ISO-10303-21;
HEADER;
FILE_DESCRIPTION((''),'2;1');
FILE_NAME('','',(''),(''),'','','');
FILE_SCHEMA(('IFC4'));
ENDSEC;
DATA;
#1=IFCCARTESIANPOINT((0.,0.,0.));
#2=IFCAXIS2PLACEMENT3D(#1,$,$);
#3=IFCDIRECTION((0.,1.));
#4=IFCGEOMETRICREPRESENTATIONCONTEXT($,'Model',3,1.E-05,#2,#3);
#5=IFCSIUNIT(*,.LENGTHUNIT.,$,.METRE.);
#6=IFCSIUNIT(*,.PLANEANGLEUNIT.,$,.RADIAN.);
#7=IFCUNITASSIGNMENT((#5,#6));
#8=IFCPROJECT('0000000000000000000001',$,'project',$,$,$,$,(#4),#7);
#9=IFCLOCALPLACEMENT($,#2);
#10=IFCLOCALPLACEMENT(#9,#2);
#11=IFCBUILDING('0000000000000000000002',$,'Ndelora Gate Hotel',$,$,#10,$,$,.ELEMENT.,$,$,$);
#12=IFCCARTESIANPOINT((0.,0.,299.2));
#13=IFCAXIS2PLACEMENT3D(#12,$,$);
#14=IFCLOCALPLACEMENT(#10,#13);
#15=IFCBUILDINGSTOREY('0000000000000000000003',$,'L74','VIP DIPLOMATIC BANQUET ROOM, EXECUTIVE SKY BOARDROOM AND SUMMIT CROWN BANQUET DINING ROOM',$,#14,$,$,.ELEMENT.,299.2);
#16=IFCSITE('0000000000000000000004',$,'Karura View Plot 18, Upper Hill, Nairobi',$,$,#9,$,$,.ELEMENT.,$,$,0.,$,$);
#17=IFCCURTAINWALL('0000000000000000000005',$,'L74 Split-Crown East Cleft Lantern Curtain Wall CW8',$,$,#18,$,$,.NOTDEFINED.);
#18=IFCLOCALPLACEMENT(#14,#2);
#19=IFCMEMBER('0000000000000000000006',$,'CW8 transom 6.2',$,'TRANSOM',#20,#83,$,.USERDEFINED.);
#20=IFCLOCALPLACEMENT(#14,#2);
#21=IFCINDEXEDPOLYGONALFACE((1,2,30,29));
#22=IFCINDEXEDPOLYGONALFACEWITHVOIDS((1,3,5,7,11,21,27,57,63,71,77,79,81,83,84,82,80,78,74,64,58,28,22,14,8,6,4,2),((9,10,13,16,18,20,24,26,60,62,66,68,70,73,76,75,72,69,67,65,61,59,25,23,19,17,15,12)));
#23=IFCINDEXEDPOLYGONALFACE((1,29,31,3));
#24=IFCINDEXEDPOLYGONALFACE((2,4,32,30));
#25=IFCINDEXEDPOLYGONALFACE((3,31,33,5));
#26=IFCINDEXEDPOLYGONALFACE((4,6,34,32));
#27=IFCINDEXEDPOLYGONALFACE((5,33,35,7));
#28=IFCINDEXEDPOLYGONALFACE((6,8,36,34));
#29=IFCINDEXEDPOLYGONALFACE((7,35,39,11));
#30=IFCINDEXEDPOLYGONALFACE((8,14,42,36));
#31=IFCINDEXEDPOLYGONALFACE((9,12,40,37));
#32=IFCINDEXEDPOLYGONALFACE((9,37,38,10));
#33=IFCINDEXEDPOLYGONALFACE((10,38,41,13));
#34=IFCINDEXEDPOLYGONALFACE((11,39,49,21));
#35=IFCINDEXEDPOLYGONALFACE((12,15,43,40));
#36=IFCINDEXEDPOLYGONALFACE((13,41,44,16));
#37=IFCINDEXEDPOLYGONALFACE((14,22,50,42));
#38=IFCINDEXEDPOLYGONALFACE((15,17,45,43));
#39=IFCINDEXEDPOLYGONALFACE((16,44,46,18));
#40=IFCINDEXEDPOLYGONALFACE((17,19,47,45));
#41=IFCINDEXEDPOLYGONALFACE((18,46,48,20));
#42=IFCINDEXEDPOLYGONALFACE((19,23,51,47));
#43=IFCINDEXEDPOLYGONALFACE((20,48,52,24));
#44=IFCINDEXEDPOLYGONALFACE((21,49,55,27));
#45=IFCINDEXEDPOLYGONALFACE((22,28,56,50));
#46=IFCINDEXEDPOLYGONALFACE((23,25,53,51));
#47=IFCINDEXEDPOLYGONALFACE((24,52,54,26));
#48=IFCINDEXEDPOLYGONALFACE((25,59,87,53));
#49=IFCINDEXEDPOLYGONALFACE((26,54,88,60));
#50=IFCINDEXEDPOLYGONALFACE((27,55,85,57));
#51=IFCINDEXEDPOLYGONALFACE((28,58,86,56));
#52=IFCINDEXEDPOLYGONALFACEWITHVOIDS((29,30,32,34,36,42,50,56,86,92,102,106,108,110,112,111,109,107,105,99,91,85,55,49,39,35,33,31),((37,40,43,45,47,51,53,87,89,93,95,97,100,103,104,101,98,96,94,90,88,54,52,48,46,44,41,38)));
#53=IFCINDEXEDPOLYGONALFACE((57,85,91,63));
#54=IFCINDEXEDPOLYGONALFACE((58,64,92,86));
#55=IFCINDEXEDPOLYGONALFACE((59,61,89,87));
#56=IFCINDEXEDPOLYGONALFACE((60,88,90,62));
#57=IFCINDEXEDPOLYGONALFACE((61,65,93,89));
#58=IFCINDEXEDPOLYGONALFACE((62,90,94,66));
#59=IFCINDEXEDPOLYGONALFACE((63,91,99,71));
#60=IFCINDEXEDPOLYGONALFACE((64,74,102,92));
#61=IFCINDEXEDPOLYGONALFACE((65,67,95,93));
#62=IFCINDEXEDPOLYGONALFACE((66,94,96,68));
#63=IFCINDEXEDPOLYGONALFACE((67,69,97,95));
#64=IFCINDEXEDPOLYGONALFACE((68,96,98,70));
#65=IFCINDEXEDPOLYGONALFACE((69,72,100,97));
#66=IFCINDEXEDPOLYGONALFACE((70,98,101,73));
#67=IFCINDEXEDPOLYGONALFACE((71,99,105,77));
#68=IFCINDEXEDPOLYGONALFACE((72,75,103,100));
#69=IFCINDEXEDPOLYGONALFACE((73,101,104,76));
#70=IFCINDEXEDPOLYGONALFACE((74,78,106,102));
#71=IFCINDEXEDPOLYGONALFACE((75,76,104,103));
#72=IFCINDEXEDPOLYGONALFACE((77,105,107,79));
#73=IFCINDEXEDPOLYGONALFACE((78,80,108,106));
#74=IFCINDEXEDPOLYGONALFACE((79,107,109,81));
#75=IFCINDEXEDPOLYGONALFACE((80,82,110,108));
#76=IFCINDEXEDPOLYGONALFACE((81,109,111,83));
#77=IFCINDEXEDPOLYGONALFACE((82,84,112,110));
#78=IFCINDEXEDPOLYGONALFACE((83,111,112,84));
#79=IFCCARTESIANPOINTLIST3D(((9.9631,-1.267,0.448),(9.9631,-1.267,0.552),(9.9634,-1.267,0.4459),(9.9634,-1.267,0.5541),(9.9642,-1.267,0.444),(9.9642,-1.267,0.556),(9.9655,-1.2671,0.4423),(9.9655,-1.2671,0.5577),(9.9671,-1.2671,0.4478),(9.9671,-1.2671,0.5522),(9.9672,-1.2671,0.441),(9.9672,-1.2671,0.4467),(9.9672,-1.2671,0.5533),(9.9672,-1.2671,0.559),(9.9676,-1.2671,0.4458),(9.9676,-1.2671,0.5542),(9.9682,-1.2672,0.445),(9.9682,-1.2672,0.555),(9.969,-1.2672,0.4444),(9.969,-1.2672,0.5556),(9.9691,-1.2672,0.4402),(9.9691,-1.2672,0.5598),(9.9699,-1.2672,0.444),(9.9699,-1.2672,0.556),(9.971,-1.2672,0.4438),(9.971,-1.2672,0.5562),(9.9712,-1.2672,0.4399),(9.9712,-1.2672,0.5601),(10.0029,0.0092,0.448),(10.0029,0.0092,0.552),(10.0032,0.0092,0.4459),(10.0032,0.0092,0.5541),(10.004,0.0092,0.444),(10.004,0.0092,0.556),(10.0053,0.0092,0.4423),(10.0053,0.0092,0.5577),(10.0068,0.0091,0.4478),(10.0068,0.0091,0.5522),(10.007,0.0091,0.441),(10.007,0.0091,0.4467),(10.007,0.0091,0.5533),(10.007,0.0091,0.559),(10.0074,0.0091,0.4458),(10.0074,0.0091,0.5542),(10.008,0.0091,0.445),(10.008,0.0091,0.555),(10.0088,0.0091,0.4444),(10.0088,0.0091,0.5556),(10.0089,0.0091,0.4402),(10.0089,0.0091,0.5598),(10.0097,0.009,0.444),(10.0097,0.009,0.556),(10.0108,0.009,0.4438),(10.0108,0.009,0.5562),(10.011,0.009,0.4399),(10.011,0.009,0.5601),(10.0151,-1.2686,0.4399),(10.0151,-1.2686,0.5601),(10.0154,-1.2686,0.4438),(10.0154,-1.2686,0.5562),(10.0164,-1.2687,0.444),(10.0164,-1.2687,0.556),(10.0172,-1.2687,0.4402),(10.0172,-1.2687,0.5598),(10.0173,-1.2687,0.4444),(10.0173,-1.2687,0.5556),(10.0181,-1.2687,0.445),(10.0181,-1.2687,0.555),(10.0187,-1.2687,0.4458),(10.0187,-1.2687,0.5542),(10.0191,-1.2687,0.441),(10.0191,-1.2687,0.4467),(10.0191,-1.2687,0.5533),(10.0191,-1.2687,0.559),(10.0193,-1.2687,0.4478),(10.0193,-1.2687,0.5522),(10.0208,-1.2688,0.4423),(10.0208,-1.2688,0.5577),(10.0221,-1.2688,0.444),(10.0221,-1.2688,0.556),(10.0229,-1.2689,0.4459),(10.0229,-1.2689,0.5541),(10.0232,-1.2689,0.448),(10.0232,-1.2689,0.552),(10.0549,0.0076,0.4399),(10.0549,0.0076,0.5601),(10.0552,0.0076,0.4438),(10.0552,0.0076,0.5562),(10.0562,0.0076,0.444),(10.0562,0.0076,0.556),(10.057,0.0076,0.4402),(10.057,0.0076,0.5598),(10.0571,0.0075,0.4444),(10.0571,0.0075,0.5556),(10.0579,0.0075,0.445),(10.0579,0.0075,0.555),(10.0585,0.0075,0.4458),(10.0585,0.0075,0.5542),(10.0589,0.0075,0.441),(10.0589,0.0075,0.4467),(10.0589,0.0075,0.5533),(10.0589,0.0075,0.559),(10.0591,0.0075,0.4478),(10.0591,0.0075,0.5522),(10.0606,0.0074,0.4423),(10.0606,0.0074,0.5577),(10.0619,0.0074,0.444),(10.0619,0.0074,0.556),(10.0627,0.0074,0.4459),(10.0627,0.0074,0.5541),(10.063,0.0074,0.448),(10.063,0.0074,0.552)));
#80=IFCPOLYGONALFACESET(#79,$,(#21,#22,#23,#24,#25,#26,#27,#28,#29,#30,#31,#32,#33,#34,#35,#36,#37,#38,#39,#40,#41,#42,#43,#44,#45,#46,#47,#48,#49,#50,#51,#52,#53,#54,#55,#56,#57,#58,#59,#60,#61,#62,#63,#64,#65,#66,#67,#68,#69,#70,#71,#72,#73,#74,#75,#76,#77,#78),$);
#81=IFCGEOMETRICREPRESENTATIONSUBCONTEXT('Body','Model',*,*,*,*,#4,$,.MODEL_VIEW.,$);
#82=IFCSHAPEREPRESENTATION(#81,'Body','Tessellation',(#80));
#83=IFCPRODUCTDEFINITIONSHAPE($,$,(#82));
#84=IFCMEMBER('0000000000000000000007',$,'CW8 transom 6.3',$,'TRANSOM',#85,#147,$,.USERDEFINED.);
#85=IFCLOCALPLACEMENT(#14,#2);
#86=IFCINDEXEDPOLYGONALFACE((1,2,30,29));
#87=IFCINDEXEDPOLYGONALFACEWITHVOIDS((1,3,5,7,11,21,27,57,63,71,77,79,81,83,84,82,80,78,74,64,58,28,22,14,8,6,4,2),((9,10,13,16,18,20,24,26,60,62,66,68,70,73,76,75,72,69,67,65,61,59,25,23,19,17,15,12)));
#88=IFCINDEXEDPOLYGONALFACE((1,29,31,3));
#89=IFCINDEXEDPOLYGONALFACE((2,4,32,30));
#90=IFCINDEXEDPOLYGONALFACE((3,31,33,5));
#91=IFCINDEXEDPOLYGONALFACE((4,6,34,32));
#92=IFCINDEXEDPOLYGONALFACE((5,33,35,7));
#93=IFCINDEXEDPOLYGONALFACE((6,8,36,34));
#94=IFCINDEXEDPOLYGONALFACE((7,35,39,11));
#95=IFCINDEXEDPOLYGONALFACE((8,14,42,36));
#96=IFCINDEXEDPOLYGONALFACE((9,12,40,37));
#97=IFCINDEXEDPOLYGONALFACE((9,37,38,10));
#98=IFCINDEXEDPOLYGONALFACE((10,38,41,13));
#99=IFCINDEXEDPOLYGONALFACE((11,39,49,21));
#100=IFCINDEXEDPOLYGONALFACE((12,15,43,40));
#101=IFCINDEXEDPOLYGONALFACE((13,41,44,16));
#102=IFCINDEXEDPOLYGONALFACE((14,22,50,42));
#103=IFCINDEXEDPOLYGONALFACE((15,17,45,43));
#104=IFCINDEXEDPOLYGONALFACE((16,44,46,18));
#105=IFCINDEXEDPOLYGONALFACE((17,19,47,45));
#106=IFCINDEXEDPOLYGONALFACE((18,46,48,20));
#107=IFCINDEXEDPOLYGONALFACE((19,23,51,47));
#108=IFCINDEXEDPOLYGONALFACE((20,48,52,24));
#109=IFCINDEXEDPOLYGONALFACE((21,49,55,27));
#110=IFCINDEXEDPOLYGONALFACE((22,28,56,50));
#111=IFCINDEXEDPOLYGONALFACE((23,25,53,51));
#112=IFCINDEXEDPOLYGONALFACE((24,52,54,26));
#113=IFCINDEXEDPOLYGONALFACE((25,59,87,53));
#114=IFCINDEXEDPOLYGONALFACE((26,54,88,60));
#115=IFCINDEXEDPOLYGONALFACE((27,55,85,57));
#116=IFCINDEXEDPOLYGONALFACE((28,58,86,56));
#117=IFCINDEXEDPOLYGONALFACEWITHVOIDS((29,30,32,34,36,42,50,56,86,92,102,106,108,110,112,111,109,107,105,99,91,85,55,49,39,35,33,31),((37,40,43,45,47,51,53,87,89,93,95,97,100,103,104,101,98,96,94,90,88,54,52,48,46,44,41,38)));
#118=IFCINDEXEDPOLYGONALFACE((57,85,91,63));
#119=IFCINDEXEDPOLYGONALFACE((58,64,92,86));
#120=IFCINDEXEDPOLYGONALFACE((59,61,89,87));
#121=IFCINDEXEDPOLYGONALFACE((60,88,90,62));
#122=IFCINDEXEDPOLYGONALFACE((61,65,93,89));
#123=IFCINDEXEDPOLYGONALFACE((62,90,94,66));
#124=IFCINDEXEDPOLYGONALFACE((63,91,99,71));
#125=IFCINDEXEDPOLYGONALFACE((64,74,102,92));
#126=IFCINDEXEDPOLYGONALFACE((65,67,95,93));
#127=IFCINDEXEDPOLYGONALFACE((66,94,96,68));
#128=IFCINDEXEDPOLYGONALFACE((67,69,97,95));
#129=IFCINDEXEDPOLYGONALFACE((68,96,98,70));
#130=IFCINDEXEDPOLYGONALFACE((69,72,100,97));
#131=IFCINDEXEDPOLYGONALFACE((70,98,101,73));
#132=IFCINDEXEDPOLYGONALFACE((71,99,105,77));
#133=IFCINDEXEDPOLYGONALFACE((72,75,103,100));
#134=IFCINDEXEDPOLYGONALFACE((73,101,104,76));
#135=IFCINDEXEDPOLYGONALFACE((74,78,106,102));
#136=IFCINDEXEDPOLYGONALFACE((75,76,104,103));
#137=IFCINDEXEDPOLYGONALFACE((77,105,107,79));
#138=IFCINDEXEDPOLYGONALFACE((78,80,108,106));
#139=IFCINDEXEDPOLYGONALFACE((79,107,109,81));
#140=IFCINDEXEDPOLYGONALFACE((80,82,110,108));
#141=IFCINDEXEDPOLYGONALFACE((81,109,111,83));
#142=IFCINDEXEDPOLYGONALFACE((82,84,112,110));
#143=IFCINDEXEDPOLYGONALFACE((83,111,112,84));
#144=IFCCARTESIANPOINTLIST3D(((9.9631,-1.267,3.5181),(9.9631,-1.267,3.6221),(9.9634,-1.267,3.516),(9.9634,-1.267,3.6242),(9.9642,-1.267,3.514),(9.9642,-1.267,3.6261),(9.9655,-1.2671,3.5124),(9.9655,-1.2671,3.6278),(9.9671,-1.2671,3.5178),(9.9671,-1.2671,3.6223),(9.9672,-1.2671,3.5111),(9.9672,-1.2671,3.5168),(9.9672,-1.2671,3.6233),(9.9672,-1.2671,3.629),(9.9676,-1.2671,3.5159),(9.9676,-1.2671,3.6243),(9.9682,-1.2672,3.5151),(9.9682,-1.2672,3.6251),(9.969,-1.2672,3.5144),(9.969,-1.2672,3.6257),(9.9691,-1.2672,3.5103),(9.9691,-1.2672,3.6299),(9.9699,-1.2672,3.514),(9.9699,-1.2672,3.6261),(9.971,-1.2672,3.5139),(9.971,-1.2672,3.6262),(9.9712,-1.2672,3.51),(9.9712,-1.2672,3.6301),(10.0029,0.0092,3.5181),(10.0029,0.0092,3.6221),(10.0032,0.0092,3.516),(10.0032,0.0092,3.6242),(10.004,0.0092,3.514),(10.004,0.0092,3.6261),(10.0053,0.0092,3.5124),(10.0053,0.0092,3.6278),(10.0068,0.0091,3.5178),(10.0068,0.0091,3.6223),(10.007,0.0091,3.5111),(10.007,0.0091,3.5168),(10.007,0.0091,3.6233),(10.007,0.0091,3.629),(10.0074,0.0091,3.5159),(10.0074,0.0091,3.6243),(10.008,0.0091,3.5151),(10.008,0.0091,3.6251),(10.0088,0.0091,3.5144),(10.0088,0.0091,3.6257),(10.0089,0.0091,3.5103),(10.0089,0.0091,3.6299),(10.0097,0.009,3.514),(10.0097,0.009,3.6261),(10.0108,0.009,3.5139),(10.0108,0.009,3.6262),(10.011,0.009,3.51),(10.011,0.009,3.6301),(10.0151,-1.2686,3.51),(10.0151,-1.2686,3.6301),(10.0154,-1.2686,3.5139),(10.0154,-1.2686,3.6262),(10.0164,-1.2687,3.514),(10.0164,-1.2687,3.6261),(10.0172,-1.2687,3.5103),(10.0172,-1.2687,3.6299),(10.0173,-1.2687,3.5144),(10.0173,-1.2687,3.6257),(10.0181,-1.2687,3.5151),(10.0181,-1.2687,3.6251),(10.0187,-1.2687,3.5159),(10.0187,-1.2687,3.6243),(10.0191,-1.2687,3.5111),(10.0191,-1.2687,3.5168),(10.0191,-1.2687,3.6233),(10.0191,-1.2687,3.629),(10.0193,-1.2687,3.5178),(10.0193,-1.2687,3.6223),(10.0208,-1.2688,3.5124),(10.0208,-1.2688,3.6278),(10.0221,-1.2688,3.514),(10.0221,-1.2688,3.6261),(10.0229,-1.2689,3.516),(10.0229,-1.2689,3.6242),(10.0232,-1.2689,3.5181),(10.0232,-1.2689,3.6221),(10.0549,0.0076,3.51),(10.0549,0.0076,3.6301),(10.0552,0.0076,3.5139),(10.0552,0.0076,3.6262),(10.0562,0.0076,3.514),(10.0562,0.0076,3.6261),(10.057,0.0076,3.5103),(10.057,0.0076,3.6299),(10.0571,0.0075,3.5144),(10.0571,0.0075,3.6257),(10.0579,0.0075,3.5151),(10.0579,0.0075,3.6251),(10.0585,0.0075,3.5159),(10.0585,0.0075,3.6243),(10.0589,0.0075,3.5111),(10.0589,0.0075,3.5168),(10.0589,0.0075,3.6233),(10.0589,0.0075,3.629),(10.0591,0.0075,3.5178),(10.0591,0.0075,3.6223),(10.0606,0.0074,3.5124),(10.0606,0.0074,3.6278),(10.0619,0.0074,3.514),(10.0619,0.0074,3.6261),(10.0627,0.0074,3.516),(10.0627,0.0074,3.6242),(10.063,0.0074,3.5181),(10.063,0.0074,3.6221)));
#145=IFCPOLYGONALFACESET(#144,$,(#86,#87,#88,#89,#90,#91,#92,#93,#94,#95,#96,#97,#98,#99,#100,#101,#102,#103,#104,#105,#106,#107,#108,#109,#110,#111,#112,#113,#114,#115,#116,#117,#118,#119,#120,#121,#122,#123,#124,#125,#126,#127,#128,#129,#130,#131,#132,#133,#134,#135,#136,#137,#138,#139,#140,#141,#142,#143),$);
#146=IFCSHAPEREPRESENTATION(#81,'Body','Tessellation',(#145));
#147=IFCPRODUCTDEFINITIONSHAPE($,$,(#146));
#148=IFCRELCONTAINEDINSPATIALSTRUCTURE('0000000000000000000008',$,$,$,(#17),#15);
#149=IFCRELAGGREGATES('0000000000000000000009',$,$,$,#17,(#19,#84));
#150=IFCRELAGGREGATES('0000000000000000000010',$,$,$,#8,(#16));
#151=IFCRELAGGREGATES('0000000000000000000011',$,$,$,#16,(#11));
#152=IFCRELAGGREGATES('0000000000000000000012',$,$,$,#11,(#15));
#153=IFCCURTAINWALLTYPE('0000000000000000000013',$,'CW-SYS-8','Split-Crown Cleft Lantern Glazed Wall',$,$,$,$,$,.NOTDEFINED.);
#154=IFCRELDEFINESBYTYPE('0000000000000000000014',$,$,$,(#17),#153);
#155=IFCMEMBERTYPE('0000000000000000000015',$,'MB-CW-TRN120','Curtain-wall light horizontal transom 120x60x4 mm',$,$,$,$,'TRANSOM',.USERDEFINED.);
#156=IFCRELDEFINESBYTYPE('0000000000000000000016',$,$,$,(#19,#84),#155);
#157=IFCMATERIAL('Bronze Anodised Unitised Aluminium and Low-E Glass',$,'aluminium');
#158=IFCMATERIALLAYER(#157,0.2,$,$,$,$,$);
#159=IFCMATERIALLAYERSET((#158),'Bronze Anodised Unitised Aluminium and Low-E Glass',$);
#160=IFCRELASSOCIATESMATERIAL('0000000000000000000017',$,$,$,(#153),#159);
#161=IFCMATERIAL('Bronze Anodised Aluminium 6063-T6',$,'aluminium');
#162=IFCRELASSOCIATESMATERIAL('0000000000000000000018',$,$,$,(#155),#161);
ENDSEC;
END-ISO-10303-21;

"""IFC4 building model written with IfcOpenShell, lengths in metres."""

from ifc_helpers import new_model, si_unit, direction, frame, origin, origin_2d, place, context, subcontext, project, spatial, hollow_rectangle, extrude, material, layer, layer_set, material_profile, profile_set, type_object, element, aggregate, save


model = new_model("IFC4")

# Units and contexts
model_context = context("Model", 3, precision=1e-05, world=origin(), true_north=direction((0.0, 1.0)))
body_context = subcontext(model_context, "Body", "Model", "MODEL_VIEW")
ifc_project = project(units=[si_unit("LENGTHUNIT", "METRE"), si_unit("PLANEANGLEUNIT", "RADIAN")], contexts=[model_context])

# Site, building, storey
site_placement = place(None, origin())
site = spatial("IfcSite", under=ifc_project, at=site_placement, Name="Karura View Plot 18, Upper Hill, Nairobi", CompositionType="ELEMENT", RefElevation=0.0)
building_placement = place(site_placement, origin())
building = spatial("IfcBuilding", under=site, at=building_placement, Name="Ndelora Gate Hotel", CompositionType="ELEMENT")
storey_placement = place(building_placement, frame((0.0, 0.0, 299.2)))
storey = spatial("IfcBuildingStorey", under=building, at=storey_placement, Name="L74", Description="VIP DIPLOMATIC BANQUET ROOM, EXECUTIVE SKY BOARDROOM AND SUMMIT CROWN BANQUET DINING ROOM", CompositionType="ELEMENT", Elevation=299.2)

# Curtain wall, members
ifc_material_1 = material(Name="Bronze Anodised Unitised Aluminium and Low-E Glass", Category="aluminium")
ifc_layer_1 = layer(ifc_material_1, 0.2)
ifc_layer_set_1 = layer_set([ifc_layer_1], Name="Bronze Anodised Unitised Aluminium and Low-E Glass")
curtain_wall_type = type_object("IfcCurtainWallType", Name="CW-SYS-8", Description="Split-Crown Cleft Lantern Glazed Wall", PredefinedType="NOTDEFINED", material=ifc_layer_set_1)
curtain_wall_placement = place(storey_placement, origin())
curtain_wall = element("IfcCurtainWall", 1, at=curtain_wall_placement, inside=storey, type_object=curtain_wall_type, Name="L74 Split-Crown East Cleft Lantern Curtain Wall CW8", PredefinedType="NOTDEFINED")
ifc_material_2 = material(Name="Bronze Anodised Aluminium 6063-T6", Category="aluminium")
ifc_material_profile_1 = material_profile(ifc_material_2, hollow_rectangle(XDim=0.0601, YDim=0.1201, WallThickness=0.0039, InnerFilletRadius=0.0039, OuterFilletRadius=0.0081, at=origin_2d()), Name="ALU 120x60x4")
ifc_profile_set_1 = profile_set([ifc_material_profile_1], Name="Bronze Anodised Aluminium 6063-T6")
member_type_1 = type_object("IfcMemberType", Name="MB-CW-TRN120", Description="Curtain-wall light horizontal transom 120x60x4 mm", ElementType="TRANSOM", PredefinedType="USERDEFINED", material=ifc_profile_set_1)
member_1_placement = place(storey_placement, frame((10.033, 0.0083, 0.5), z_axis=(-0.031169, -0.999514, 0.0), x_axis=(0.999514, -0.031169, 0.0)))
member_1 = element("IfcMember", 2, at=member_1_placement, type_object=member_type_1, Name="CW8 transom 6.2", ObjectType="TRANSOM", PredefinedType="USERDEFINED", context=body_context, shape_type="SweptSolid", body=[
    extrude(hollow_rectangle(XDim=0.0601, YDim=0.1201, WallThickness=0.0039, InnerFilletRadius=0.0039, OuterFilletRadius=0.0081, at=origin_2d()), origin(), (0.0, 0.0, 1.0), 1.2769),
])
member_2_placement = place(storey_placement, frame((10.033, 0.0083, 3.5701), z_axis=(-0.031169, -0.999514, 0.0), x_axis=(0.999514, -0.031169, 0.0)))
member_2 = element("IfcMember", 3, at=member_2_placement, type_object=member_type_1, Name="CW8 transom 6.3", ObjectType="TRANSOM", PredefinedType="USERDEFINED", context=body_context, shape_type="SweptSolid", body=[
    extrude(hollow_rectangle(XDim=0.0601, YDim=0.1201, WallThickness=0.0039, InnerFilletRadius=0.0039, OuterFilletRadius=0.0081, at=origin_2d()), origin(), (0.0, 0.0, 1.0), 1.2769),
])
aggregate(curtain_wall, [member_1, member_2])

save(model, "model.ifc")
